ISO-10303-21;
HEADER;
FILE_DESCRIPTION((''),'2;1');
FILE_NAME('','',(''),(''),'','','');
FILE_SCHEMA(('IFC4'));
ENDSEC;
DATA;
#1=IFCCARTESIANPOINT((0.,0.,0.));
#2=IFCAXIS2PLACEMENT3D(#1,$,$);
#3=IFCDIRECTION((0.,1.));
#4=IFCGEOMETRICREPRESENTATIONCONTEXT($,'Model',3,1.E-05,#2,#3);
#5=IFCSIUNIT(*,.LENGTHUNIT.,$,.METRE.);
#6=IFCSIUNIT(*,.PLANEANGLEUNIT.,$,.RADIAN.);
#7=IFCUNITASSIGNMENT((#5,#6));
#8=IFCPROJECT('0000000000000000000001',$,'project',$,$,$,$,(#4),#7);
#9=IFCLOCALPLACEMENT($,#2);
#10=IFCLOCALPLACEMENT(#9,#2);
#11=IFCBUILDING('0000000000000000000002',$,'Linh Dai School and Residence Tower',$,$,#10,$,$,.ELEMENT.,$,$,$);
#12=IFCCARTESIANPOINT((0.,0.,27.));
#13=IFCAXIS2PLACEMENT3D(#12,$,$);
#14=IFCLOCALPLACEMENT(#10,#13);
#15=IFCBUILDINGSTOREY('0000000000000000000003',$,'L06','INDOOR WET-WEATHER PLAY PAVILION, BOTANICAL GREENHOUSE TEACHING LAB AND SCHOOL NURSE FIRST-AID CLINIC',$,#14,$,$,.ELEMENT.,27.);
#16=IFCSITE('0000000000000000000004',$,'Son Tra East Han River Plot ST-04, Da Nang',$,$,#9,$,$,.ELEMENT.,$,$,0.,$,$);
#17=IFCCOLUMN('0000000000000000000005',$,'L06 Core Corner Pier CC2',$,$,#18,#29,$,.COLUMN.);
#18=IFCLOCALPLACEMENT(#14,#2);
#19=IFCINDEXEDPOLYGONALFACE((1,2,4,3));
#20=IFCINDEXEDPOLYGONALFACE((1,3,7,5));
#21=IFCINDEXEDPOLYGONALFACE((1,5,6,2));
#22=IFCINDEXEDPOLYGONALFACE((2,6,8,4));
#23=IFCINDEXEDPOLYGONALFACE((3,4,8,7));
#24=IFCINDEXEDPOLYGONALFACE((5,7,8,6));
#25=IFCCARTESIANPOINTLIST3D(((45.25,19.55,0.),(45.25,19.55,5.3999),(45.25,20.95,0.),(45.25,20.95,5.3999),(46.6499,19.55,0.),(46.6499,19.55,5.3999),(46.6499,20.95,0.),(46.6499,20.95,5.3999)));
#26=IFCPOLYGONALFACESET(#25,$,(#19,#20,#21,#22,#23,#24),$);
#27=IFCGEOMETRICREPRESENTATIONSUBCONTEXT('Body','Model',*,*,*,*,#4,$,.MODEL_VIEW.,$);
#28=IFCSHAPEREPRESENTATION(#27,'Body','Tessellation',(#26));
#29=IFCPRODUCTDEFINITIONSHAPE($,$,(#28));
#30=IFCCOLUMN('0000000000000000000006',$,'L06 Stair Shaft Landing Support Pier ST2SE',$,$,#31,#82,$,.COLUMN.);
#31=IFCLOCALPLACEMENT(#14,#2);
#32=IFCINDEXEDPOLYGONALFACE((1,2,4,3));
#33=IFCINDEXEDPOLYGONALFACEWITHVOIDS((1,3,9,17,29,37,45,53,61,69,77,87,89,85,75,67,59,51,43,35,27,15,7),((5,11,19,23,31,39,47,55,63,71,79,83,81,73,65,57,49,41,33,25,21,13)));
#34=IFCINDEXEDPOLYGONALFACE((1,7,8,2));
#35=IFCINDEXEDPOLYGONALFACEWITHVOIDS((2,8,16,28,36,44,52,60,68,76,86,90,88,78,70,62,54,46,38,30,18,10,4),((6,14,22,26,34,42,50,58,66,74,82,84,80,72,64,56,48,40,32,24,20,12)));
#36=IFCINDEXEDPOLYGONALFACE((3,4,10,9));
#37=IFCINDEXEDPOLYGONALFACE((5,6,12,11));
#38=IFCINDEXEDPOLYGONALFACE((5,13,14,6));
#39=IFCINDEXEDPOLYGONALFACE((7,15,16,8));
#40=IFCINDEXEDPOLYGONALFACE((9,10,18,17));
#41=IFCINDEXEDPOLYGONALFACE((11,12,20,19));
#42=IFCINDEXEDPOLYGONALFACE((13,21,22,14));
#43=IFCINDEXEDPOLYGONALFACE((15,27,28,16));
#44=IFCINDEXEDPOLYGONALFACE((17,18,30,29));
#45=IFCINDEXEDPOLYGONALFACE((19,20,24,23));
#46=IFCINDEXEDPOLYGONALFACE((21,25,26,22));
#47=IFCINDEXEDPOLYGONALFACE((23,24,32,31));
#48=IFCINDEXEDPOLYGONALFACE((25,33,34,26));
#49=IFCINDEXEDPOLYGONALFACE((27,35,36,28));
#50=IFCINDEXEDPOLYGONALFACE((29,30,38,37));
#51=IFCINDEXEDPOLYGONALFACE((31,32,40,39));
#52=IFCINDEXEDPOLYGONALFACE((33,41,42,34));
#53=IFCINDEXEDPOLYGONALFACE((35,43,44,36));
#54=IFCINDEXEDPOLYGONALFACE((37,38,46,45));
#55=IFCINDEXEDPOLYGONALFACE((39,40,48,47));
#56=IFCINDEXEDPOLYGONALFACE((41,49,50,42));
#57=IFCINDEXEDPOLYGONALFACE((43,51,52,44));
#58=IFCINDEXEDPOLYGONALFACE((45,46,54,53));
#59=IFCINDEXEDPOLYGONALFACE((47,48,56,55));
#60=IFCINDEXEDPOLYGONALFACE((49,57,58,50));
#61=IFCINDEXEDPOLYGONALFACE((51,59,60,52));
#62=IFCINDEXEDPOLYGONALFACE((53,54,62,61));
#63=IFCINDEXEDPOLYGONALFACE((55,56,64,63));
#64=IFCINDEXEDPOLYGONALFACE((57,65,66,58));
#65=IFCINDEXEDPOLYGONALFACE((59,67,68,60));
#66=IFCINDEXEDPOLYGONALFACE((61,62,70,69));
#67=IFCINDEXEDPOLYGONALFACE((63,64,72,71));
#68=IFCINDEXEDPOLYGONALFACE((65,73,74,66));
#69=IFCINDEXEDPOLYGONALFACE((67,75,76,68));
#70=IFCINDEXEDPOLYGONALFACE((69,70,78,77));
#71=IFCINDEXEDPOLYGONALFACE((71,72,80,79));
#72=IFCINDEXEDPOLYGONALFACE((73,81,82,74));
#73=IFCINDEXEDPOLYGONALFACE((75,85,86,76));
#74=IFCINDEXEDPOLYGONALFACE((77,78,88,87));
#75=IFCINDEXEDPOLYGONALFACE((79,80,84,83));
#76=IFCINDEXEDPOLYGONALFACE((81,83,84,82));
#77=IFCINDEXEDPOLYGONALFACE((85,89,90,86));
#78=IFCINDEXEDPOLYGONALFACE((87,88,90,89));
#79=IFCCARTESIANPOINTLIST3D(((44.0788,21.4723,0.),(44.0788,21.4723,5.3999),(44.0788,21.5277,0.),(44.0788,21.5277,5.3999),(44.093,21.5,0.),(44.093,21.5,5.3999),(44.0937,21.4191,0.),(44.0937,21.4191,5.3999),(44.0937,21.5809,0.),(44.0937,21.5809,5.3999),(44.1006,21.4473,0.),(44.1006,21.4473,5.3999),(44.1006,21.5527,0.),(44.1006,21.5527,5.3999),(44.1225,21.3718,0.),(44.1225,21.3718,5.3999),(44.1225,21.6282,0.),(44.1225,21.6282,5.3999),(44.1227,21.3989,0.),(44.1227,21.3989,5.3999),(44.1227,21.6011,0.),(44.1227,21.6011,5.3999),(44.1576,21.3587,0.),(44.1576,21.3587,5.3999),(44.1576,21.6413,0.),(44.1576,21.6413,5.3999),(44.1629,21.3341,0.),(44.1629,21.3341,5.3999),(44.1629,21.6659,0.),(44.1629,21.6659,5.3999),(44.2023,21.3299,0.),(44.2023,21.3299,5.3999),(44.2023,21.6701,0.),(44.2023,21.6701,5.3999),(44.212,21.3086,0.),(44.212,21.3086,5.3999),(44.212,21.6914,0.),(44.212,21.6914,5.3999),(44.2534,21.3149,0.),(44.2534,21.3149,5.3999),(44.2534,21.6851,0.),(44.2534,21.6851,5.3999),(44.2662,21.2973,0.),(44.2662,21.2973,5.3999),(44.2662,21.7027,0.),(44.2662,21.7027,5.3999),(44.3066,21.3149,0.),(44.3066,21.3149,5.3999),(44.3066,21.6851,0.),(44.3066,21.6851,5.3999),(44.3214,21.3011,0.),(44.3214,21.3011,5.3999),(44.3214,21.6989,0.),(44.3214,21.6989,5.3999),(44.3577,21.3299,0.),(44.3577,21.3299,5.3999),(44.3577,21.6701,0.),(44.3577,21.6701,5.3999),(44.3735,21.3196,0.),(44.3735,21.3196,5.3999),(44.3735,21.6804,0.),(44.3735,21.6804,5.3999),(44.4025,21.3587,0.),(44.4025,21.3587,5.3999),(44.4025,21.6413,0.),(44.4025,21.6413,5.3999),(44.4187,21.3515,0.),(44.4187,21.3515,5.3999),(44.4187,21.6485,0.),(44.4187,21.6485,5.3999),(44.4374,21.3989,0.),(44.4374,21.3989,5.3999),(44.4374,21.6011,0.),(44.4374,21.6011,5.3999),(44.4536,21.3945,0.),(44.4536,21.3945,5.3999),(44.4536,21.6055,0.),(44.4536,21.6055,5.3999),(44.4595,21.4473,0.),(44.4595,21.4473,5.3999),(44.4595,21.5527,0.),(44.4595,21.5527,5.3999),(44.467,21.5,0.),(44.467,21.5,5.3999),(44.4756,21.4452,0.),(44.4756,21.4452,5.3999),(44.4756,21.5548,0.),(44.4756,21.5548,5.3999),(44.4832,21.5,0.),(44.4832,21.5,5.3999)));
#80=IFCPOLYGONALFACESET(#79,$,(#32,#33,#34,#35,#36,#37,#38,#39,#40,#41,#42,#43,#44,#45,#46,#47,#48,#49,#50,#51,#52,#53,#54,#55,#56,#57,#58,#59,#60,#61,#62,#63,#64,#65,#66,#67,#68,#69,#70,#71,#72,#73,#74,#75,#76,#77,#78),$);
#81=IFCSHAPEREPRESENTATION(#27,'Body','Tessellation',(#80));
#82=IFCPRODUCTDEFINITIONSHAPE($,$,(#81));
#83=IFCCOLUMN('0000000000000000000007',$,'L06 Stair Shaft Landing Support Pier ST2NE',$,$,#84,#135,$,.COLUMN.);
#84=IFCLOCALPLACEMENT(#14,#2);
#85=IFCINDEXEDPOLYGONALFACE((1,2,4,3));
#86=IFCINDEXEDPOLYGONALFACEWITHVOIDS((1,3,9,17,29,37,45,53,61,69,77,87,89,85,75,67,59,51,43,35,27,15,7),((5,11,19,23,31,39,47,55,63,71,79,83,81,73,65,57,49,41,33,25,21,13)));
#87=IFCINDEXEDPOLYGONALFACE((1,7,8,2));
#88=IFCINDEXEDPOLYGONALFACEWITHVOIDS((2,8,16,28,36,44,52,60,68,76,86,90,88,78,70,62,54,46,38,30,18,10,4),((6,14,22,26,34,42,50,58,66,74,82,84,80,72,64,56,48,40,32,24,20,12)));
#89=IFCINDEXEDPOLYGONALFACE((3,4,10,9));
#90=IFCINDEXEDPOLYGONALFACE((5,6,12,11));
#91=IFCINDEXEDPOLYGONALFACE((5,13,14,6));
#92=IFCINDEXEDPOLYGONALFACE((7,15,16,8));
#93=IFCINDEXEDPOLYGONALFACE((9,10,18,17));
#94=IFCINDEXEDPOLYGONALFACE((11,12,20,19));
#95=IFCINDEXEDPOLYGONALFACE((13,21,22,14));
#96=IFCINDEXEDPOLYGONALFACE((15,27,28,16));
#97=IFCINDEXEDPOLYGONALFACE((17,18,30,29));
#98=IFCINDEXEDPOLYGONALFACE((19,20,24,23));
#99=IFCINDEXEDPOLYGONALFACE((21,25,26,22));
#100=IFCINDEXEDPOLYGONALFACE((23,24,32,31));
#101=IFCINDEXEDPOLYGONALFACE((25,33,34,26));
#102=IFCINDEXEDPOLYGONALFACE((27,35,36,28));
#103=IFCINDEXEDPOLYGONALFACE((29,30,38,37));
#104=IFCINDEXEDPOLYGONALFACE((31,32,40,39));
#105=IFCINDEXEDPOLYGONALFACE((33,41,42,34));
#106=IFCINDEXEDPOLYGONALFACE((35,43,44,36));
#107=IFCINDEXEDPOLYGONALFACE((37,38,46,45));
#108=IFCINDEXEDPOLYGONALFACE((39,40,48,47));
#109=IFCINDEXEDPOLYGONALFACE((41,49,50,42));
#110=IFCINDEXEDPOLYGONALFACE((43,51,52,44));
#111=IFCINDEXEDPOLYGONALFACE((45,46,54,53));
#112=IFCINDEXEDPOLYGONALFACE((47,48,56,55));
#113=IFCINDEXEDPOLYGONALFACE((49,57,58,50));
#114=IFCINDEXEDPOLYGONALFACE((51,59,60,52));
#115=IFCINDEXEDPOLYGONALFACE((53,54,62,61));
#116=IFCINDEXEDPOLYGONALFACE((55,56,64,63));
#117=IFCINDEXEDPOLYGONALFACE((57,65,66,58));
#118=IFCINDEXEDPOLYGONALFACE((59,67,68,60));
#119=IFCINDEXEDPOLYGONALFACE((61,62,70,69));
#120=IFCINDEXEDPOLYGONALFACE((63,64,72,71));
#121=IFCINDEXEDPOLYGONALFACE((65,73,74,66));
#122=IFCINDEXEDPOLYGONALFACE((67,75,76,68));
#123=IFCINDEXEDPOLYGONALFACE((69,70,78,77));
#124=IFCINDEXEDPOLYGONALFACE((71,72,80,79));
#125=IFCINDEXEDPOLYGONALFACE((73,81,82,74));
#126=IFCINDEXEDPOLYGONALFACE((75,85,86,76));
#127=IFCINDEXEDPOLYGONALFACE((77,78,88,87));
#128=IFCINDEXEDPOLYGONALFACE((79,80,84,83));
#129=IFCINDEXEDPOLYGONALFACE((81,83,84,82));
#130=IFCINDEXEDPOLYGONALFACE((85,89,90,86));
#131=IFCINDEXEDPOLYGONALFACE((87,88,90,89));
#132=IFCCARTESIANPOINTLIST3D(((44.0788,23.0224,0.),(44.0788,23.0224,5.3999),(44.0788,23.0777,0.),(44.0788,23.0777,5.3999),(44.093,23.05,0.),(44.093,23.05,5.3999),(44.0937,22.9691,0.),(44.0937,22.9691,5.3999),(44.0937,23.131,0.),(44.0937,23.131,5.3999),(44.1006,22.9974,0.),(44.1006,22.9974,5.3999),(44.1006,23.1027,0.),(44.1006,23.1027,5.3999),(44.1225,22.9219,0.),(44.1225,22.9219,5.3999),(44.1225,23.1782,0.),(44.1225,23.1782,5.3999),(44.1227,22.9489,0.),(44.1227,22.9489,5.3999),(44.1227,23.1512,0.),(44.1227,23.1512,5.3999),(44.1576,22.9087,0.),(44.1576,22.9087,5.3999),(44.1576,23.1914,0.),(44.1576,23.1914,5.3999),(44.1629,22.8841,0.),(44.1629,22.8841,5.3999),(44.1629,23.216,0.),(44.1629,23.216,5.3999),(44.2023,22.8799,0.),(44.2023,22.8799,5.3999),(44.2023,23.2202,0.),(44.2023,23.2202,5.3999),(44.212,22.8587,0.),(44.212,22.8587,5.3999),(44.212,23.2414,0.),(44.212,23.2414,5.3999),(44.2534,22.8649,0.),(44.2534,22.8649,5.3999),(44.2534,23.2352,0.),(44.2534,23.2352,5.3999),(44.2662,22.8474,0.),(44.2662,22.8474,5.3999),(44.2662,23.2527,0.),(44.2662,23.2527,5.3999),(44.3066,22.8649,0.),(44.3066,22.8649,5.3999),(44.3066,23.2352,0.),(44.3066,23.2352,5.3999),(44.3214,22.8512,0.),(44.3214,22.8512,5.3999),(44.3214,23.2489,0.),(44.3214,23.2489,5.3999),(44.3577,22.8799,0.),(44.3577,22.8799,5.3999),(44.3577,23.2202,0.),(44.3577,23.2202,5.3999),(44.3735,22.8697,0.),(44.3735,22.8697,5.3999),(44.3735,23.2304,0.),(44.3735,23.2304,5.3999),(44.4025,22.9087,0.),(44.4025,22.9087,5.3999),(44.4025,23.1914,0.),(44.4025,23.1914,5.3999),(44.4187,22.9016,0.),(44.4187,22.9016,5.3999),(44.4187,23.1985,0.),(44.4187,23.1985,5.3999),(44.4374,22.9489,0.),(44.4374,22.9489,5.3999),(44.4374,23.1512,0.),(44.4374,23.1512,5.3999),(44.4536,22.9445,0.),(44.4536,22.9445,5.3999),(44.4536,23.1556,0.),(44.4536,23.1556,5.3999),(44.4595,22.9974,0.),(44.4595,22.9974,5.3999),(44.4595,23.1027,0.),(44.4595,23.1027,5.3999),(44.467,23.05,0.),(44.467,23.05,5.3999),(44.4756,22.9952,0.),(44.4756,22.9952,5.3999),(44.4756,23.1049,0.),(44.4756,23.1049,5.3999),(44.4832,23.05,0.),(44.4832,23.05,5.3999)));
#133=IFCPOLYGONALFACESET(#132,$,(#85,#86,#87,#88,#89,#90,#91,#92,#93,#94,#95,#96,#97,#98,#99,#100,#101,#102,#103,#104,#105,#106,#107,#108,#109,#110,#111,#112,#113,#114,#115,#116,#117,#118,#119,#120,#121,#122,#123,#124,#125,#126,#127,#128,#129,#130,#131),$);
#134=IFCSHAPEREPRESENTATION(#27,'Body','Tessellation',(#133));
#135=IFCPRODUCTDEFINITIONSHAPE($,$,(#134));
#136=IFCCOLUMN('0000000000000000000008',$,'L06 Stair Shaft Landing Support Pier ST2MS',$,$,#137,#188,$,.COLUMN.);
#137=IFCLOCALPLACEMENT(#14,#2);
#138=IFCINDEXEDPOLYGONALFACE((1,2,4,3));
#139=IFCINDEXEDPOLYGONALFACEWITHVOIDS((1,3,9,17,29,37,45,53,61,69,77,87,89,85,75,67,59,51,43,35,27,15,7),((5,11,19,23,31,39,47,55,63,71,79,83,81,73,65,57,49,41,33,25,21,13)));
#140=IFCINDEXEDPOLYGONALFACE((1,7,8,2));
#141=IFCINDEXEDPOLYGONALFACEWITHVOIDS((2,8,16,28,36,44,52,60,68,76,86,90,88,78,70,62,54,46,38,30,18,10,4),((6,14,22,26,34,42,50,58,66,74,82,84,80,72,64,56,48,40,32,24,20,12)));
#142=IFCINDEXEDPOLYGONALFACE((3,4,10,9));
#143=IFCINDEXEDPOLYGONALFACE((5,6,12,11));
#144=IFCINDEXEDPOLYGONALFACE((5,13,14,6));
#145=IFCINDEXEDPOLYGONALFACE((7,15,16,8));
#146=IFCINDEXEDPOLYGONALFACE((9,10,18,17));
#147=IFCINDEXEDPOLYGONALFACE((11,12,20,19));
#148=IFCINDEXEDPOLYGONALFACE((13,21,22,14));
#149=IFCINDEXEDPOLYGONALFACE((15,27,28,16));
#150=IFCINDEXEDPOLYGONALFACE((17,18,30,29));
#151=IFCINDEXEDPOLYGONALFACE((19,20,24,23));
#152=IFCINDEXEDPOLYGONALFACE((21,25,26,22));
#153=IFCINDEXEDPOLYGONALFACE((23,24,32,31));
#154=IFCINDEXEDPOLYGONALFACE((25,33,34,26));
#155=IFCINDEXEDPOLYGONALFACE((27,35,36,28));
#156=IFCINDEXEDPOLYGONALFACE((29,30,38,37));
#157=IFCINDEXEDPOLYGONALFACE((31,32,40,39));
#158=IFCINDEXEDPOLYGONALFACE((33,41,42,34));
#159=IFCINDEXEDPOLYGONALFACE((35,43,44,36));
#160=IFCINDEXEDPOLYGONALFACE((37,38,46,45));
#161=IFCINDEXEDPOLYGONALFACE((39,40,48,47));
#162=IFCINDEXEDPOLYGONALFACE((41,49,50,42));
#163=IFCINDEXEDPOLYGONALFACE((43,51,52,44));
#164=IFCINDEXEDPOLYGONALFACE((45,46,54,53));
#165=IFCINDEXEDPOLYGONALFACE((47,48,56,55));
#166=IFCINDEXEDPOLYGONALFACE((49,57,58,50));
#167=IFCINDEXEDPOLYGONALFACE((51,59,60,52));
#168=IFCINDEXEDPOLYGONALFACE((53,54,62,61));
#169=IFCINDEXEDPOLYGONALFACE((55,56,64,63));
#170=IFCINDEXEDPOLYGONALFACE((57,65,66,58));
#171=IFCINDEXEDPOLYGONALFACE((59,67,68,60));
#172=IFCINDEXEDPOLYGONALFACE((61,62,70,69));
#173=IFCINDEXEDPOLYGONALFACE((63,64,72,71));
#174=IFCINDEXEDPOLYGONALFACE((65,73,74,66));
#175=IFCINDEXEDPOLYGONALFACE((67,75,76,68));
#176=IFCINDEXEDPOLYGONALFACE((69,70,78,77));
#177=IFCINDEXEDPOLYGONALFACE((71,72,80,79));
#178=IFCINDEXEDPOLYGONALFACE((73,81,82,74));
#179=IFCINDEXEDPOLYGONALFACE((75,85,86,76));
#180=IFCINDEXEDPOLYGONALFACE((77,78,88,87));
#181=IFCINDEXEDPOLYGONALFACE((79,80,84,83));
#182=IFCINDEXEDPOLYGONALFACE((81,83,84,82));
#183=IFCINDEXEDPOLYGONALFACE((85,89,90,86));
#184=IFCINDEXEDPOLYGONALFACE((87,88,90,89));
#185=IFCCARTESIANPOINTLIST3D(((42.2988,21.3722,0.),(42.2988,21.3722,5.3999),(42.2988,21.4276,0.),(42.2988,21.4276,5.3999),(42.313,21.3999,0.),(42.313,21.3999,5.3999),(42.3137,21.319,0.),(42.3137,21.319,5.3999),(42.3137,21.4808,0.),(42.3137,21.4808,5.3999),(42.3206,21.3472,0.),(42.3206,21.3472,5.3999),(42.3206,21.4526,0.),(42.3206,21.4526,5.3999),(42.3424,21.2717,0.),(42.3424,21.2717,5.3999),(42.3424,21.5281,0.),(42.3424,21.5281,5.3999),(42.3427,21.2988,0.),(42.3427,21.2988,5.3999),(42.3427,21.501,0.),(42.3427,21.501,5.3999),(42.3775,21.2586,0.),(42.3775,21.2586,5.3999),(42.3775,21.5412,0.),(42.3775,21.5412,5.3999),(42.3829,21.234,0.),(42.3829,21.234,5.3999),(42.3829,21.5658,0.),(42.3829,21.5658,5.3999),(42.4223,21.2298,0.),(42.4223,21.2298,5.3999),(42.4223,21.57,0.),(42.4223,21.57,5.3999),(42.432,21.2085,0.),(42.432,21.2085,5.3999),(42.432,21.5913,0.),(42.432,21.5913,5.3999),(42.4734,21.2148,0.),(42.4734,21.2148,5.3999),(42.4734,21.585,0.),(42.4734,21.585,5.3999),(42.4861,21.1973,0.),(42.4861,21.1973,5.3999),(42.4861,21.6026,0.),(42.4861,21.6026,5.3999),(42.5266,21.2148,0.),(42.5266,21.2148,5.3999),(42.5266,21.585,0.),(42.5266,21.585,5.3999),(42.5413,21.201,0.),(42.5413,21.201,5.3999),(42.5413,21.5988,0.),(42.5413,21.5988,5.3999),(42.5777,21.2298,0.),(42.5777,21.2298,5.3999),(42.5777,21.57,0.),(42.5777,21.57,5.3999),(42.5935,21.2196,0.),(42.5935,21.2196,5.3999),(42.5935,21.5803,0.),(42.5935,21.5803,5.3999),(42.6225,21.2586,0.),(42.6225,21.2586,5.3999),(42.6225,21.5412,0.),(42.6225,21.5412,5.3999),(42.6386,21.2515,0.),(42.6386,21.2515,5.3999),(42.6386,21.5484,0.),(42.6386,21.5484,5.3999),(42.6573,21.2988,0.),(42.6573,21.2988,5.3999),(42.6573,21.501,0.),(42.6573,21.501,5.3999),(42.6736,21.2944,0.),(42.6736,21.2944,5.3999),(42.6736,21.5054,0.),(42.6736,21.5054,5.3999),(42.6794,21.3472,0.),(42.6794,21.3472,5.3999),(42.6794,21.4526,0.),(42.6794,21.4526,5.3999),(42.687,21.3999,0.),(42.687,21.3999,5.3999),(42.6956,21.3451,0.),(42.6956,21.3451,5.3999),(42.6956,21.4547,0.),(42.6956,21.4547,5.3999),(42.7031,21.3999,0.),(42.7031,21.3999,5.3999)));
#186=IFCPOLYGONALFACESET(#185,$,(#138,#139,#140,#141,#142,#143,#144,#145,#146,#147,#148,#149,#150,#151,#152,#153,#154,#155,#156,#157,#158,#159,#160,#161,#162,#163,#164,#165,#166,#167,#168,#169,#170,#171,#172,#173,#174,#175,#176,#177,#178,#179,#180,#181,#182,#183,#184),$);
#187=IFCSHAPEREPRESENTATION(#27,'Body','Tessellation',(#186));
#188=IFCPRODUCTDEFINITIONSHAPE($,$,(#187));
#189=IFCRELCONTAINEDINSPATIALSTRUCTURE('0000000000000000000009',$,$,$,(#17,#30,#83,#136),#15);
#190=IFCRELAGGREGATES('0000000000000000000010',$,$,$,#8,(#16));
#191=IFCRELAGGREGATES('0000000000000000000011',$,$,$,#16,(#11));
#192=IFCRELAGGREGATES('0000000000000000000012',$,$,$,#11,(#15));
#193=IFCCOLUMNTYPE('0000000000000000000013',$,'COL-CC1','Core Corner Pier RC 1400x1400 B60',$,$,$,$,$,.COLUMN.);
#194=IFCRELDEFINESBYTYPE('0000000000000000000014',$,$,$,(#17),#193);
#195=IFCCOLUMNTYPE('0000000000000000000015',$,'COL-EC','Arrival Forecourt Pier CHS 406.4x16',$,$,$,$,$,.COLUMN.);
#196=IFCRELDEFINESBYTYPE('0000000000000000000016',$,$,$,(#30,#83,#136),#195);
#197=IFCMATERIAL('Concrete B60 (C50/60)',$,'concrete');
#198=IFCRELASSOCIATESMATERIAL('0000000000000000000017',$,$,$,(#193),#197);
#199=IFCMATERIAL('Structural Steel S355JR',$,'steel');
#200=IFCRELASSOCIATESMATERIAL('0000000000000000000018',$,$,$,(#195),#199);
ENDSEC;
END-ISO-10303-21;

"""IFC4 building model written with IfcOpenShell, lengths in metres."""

from ifc_helpers import new_model, si_unit, direction, frame, origin, origin_2d, place, context, subcontext, project, spatial, rectangle, hollow_circle, extrude, material, material_profile, profile_set, type_object, element, save


model = new_model("IFC4")

# Units and contexts
model_context = context("Model", 3, precision=1e-05, world=origin(), true_north=direction((0.0, 1.0)))
body_context = subcontext(model_context, "Body", "Model", "MODEL_VIEW")
ifc_project = project(units=[si_unit("LENGTHUNIT", "METRE"), si_unit("PLANEANGLEUNIT", "RADIAN")], contexts=[model_context])

# Site, building, storey
site_placement = place(None, origin())
site = spatial("IfcSite", under=ifc_project, at=site_placement, Name="Son Tra East Han River Plot ST-04, Da Nang", CompositionType="ELEMENT", RefElevation=0.0)
building_placement = place(site_placement, origin())
building = spatial("IfcBuilding", under=site, at=building_placement, Name="Linh Dai School and Residence Tower", CompositionType="ELEMENT")
storey_placement = place(building_placement, frame((0.0, 0.0, 27.0)))
storey = spatial("IfcBuildingStorey", under=building, at=storey_placement, Name="L06", Description="INDOOR WET-WEATHER PLAY PAVILION, BOTANICAL GREENHOUSE TEACHING LAB AND SCHOOL NURSE FIRST-AID CLINIC", CompositionType="ELEMENT", Elevation=27.0)

# Columns
ifc_material_1 = material(Name="Concrete B60 (C50/60)", Category="concrete")
ifc_material_profile_1 = material_profile(ifc_material_1, rectangle(XDim=1.3999, YDim=1.3999, at=origin_2d()), Name="RC 1400x1400")
ifc_profile_set_1 = profile_set([ifc_material_profile_1], Name="Concrete B60 (C50/60)")
column_type_1 = type_object("IfcColumnType", Name="COL-CC1", Description="Core Corner Pier RC 1400x1400 B60", PredefinedType="COLUMN", material=ifc_profile_set_1)
column_1_placement = place(storey_placement, frame((45.95, 20.25, 0.0), z_axis=(0.0, 0.0, 1.0), x_axis=(1.0, 0.0, 0.0)))
element("IfcColumn", 1, at=column_1_placement, inside=storey, type_object=column_type_1, Name="L06 Core Corner Pier CC2", PredefinedType="COLUMN", context=body_context, shape_type="SweptSolid", body=[
    extrude(rectangle(XDim=1.3999, YDim=1.3999, at=origin_2d()), origin(), (0.0, 0.0, 1.0), 5.3999),
])
ifc_material_2 = material(Name="Structural Steel S355JR", Category="steel")
ifc_material_profile_2 = material_profile(ifc_material_2, hollow_circle(Radius=0.2031, WallThickness=0.0161, at=origin_2d()), Name="CHS 406.4x16")
ifc_profile_set_2 = profile_set([ifc_material_profile_2], Name="Structural Steel S355JR")
column_type_2 = type_object("IfcColumnType", Name="COL-EC", Description="Arrival Forecourt Pier CHS 406.4x16", PredefinedType="COLUMN", material=ifc_profile_set_2)
for number, where, z_axis, x_axis, name in (
    (2, (44.28, 21.5, 0.0), (0.0, 0.0, 1.0), (1.0, 0.0, 0.0), "L06 Stair Shaft Landing Support Pier ST2SE"),
    (3, (44.28, 23.05, 0.0), (0.0, 0.0, 1.0), (1.0, 0.0, 0.0), "L06 Stair Shaft Landing Support Pier ST2NE"),
    (4, (42.5, 21.3999, 0.0), (0.0, 0.0, 1.0), (1.0, 0.0, 0.0), "L06 Stair Shaft Landing Support Pier ST2MS"),
):
    element("IfcColumn", number, at=place(storey_placement, frame(where, z_axis=z_axis, x_axis=x_axis)), inside=storey, type_object=column_type_2, Name=name, PredefinedType="COLUMN", context=body_context, shape_type="SweptSolid", body=[
        extrude(hollow_circle(Radius=0.2031, WallThickness=0.0161, at=origin_2d()), origin(), (0.0, 0.0, 1.0), 5.3999),
    ])

save(model, "model.ifc")
